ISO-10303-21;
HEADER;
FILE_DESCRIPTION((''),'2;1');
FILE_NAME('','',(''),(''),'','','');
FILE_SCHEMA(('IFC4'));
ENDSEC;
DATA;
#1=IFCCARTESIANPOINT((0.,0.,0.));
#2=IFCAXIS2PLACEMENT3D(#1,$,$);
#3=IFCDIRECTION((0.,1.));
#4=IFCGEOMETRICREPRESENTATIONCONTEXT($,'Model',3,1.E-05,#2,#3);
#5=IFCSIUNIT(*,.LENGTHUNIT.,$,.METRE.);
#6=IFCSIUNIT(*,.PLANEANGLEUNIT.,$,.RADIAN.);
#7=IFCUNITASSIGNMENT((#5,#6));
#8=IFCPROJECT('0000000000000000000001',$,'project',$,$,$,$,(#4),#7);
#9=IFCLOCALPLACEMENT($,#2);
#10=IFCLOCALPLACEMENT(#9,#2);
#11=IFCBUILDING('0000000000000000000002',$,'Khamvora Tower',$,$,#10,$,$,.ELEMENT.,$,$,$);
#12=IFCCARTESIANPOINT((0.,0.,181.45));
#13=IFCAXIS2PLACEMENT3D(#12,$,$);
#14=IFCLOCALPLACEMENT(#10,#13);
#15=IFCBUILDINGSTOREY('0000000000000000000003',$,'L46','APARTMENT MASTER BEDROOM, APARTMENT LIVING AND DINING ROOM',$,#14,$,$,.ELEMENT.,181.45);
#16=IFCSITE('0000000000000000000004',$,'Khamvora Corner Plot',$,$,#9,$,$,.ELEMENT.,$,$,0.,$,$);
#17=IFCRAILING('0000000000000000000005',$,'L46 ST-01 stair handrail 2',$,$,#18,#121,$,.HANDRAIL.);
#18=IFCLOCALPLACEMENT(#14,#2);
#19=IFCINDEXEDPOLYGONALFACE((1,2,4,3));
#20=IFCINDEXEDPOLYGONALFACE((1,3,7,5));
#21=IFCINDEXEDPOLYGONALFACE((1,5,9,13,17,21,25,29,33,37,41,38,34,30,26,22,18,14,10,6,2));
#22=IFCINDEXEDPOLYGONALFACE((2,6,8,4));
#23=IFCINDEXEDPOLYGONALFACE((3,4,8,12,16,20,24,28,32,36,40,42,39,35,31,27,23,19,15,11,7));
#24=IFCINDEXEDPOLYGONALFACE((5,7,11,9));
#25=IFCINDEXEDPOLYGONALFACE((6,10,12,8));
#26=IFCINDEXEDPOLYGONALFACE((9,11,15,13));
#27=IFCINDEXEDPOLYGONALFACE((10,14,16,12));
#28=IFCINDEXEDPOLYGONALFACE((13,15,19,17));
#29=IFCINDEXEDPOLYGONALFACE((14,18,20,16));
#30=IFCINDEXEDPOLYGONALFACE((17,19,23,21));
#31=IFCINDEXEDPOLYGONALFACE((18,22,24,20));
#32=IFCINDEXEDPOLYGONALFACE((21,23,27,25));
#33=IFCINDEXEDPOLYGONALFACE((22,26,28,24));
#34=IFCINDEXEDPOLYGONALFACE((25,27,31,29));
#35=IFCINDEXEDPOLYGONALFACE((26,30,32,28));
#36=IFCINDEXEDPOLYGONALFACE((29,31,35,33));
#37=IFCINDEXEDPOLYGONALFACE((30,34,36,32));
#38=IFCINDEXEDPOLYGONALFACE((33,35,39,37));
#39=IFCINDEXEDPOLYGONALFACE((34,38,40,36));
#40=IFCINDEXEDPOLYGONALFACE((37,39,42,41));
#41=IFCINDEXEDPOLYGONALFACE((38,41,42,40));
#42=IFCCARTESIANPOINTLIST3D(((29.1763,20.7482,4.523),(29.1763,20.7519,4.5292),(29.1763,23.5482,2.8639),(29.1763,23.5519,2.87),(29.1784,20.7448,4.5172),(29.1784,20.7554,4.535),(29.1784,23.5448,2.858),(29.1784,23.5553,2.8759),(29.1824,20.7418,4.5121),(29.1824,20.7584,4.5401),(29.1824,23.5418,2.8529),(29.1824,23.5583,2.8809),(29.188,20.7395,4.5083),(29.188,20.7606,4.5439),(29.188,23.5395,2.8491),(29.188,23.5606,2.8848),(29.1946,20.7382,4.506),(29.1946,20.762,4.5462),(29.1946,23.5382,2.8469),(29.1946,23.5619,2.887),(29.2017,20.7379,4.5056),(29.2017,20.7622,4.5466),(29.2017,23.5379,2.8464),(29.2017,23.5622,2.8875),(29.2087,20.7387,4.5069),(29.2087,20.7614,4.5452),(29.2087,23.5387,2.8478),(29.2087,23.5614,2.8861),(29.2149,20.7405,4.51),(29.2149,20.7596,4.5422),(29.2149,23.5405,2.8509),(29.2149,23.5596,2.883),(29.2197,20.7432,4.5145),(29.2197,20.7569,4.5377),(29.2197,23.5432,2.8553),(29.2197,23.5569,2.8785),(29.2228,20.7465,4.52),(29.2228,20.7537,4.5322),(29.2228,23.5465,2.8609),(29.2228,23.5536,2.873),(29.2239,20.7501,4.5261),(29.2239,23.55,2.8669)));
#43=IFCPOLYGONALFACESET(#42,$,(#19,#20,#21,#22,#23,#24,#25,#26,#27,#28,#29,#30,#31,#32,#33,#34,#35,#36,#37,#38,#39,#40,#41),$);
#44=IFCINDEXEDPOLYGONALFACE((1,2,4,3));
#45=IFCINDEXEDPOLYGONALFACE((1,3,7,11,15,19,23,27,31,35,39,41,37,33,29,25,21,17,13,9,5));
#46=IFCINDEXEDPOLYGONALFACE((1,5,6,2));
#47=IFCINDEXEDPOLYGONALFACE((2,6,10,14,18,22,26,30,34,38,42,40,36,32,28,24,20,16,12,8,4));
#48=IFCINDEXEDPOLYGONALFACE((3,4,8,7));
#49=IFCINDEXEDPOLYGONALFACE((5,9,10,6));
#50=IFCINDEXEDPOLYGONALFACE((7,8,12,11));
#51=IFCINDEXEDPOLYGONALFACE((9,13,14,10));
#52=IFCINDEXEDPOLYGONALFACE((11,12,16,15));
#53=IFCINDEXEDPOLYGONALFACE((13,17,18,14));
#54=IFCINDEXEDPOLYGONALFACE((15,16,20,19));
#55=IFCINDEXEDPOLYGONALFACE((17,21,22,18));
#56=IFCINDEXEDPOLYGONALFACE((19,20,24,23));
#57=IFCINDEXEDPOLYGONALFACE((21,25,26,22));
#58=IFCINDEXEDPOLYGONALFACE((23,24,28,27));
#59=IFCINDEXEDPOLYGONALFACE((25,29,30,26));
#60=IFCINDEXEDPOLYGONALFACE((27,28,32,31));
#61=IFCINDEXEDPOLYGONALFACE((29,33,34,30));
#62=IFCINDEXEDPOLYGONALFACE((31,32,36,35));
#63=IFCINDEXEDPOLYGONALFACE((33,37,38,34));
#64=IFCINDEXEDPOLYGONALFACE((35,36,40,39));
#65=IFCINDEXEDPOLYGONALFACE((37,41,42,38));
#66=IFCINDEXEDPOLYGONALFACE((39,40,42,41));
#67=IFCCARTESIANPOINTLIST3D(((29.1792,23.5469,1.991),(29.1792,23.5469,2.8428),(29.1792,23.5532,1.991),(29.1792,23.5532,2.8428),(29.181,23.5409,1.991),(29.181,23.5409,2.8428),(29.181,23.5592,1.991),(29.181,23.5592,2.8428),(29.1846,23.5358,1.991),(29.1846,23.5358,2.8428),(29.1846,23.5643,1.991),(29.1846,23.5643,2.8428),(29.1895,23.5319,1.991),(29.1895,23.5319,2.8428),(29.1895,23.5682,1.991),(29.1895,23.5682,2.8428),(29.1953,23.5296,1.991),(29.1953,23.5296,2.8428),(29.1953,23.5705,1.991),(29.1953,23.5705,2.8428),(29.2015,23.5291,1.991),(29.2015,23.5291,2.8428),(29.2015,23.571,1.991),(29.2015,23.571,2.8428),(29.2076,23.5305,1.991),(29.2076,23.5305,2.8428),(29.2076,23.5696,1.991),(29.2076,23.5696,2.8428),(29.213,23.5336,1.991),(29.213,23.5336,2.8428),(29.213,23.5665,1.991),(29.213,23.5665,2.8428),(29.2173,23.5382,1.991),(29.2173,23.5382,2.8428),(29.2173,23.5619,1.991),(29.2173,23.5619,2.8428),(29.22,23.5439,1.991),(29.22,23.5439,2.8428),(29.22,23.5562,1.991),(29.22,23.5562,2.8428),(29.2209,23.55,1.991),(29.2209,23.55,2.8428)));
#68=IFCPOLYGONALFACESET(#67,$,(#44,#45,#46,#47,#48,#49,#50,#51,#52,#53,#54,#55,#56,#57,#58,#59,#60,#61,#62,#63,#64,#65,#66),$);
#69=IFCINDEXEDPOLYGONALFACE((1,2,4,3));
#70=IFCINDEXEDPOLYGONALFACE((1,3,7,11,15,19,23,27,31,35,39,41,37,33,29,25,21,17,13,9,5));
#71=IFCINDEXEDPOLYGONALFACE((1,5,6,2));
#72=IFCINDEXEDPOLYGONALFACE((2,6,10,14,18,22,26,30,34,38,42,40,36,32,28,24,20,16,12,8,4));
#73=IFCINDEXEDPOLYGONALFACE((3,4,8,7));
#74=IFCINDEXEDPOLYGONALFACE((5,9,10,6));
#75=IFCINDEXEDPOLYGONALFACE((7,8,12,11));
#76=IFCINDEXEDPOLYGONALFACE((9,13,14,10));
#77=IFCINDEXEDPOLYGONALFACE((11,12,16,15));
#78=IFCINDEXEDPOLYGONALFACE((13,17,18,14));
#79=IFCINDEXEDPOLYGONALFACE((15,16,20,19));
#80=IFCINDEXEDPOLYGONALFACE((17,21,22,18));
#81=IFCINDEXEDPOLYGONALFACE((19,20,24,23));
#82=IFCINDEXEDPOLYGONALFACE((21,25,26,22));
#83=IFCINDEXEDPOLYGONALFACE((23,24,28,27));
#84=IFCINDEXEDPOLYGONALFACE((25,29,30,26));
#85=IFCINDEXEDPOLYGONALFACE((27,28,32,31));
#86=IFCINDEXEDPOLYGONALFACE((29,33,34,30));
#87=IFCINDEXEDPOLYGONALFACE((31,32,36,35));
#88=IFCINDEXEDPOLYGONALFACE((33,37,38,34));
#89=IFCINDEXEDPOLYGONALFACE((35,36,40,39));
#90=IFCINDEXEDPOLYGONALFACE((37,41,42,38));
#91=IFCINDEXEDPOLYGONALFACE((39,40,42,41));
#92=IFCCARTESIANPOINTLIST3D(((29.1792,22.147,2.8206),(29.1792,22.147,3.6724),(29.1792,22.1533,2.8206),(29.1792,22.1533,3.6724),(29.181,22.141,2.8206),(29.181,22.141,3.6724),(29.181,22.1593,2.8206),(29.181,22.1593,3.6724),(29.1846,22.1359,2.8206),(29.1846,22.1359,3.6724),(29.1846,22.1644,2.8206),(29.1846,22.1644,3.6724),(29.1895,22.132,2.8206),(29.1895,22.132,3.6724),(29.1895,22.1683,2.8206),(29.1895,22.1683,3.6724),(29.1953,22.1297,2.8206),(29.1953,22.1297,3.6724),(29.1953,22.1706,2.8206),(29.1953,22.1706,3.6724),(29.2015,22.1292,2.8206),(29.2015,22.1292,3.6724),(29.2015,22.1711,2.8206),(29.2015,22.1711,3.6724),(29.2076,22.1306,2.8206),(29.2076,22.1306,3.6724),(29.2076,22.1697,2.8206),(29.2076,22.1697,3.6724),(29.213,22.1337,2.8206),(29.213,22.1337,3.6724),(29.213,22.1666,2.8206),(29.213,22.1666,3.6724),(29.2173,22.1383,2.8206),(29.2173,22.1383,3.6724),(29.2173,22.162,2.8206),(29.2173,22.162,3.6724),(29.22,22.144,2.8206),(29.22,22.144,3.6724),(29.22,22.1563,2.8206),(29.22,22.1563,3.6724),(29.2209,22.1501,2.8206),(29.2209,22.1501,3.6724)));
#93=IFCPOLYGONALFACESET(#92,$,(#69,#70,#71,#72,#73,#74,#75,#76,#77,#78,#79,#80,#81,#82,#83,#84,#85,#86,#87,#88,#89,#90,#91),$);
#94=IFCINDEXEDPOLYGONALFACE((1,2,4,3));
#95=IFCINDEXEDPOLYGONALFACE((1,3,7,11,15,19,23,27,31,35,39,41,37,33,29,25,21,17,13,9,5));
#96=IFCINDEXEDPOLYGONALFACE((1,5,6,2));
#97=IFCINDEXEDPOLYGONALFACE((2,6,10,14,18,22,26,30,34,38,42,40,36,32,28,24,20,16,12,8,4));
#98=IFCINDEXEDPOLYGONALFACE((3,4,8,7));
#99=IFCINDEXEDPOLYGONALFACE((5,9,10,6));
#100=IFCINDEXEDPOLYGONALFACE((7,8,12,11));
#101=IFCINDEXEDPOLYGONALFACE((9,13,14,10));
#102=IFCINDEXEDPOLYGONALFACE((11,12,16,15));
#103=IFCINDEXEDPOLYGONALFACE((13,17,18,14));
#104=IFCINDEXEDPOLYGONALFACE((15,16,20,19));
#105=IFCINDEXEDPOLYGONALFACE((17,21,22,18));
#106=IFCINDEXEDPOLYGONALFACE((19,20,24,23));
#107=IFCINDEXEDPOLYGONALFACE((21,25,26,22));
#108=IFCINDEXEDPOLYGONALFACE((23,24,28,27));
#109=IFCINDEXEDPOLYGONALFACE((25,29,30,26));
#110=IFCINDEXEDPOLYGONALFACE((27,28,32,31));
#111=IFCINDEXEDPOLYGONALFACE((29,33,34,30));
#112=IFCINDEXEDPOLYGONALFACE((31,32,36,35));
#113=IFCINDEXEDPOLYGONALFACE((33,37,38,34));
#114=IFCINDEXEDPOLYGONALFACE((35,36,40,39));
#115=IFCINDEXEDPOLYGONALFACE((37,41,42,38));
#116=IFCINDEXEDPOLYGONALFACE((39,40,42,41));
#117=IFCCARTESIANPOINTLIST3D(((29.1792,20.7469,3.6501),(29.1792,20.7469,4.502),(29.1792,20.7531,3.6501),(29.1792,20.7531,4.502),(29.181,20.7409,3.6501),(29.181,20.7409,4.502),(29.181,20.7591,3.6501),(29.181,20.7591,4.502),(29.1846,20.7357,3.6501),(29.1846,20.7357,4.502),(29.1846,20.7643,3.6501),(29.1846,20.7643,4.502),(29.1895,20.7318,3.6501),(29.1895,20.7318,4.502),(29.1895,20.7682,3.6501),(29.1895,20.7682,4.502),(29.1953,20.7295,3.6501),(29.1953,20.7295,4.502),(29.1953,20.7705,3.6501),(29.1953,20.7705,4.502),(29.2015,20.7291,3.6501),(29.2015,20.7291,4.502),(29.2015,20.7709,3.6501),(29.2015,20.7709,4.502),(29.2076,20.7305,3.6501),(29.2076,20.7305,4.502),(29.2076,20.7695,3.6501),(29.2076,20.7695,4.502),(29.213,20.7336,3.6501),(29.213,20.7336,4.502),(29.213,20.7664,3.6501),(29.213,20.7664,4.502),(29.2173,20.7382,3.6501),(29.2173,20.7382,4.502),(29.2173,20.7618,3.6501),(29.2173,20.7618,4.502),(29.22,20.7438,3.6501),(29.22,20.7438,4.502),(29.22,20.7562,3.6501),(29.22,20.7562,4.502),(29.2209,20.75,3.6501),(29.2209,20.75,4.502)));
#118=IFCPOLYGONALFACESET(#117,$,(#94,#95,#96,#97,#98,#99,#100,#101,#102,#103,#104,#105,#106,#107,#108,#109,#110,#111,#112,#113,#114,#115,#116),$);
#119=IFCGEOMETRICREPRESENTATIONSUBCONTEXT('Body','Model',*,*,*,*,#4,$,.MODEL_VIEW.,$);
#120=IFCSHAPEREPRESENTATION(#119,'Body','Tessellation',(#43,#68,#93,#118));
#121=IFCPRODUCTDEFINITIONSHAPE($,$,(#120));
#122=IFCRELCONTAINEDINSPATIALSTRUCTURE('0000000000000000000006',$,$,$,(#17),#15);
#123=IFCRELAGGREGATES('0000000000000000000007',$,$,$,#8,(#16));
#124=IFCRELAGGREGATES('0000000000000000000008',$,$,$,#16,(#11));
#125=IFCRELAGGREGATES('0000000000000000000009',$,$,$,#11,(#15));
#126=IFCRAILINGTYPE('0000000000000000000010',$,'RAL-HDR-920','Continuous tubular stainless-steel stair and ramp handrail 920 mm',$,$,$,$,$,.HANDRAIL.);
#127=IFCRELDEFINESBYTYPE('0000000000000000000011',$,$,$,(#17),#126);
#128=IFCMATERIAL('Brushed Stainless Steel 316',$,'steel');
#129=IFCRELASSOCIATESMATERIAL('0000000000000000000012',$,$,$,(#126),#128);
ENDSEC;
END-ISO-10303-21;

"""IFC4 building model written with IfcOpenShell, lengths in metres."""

from ifc_helpers import new_model, si_unit, direction, frame, origin, origin_2d, place, context, subcontext, project, spatial, circle, extrude, material, type_object, element, save


model = new_model("IFC4")

# Units and contexts
model_context = context("Model", 3, precision=1e-05, world=origin(), true_north=direction((0.0, 1.0)))
body_context = subcontext(model_context, "Body", "Model", "MODEL_VIEW")
ifc_project = project(units=[si_unit("LENGTHUNIT", "METRE"), si_unit("PLANEANGLEUNIT", "RADIAN")], contexts=[model_context])

# Site, building, storey
site_placement = place(None, origin())
site = spatial("IfcSite", under=ifc_project, at=site_placement, Name="Khamvora Corner Plot", CompositionType="ELEMENT", RefElevation=0.0)
building_placement = place(site_placement, origin())
building = spatial("IfcBuilding", under=site, at=building_placement, Name="Khamvora Tower", CompositionType="ELEMENT")
storey_placement = place(building_placement, frame((0.0, 0.0, 181.45)))
storey = spatial("IfcBuildingStorey", under=building, at=storey_placement, Name="L46", Description="APARTMENT MASTER BEDROOM, APARTMENT LIVING AND DINING ROOM", CompositionType="ELEMENT", Elevation=181.45)

# Railing
ifc_material_1 = material(Name="Brushed Stainless Steel 316", Category="steel")
railing_type_1 = type_object("IfcRailingType", Name="RAL-HDR-920", Description="Continuous tubular stainless-steel stair and ramp handrail 920 mm", PredefinedType="HANDRAIL", material=ifc_material_1)
railing_1_placement = place(storey_placement, frame((29.2, 23.55, 1.991)))
element("IfcRailing", 1, at=railing_1_placement, inside=storey, type_object=railing_type_1, Name="L46 ST-01 stair handrail 2", PredefinedType="HANDRAIL", context=body_context, shape_type="SweptSolid", body=[
    extrude(circle(Radius=0.0239, at=origin_2d()), frame((0.0, 0.0, 0.876), z_axis=(0.0, -0.860306, 0.509778), x_axis=(1.0, 0.0, 0.0)), (0.0, 0.0, 1.0), 3.2546),
    extrude(circle(Radius=0.021, at=origin_2d()), origin(), (0.0, 0.0, 1.0), 0.8518),
    extrude(circle(Radius=0.021, at=origin_2d()), frame((0.0, -1.3999, 0.8296)), (0.0, 0.0, 1.0), 0.8518),
    extrude(circle(Radius=0.021, at=origin_2d()), frame((0.0, -2.8, 1.6592)), (0.0, 0.0, 1.0), 0.8518),
])

save(model, "model.ifc")
